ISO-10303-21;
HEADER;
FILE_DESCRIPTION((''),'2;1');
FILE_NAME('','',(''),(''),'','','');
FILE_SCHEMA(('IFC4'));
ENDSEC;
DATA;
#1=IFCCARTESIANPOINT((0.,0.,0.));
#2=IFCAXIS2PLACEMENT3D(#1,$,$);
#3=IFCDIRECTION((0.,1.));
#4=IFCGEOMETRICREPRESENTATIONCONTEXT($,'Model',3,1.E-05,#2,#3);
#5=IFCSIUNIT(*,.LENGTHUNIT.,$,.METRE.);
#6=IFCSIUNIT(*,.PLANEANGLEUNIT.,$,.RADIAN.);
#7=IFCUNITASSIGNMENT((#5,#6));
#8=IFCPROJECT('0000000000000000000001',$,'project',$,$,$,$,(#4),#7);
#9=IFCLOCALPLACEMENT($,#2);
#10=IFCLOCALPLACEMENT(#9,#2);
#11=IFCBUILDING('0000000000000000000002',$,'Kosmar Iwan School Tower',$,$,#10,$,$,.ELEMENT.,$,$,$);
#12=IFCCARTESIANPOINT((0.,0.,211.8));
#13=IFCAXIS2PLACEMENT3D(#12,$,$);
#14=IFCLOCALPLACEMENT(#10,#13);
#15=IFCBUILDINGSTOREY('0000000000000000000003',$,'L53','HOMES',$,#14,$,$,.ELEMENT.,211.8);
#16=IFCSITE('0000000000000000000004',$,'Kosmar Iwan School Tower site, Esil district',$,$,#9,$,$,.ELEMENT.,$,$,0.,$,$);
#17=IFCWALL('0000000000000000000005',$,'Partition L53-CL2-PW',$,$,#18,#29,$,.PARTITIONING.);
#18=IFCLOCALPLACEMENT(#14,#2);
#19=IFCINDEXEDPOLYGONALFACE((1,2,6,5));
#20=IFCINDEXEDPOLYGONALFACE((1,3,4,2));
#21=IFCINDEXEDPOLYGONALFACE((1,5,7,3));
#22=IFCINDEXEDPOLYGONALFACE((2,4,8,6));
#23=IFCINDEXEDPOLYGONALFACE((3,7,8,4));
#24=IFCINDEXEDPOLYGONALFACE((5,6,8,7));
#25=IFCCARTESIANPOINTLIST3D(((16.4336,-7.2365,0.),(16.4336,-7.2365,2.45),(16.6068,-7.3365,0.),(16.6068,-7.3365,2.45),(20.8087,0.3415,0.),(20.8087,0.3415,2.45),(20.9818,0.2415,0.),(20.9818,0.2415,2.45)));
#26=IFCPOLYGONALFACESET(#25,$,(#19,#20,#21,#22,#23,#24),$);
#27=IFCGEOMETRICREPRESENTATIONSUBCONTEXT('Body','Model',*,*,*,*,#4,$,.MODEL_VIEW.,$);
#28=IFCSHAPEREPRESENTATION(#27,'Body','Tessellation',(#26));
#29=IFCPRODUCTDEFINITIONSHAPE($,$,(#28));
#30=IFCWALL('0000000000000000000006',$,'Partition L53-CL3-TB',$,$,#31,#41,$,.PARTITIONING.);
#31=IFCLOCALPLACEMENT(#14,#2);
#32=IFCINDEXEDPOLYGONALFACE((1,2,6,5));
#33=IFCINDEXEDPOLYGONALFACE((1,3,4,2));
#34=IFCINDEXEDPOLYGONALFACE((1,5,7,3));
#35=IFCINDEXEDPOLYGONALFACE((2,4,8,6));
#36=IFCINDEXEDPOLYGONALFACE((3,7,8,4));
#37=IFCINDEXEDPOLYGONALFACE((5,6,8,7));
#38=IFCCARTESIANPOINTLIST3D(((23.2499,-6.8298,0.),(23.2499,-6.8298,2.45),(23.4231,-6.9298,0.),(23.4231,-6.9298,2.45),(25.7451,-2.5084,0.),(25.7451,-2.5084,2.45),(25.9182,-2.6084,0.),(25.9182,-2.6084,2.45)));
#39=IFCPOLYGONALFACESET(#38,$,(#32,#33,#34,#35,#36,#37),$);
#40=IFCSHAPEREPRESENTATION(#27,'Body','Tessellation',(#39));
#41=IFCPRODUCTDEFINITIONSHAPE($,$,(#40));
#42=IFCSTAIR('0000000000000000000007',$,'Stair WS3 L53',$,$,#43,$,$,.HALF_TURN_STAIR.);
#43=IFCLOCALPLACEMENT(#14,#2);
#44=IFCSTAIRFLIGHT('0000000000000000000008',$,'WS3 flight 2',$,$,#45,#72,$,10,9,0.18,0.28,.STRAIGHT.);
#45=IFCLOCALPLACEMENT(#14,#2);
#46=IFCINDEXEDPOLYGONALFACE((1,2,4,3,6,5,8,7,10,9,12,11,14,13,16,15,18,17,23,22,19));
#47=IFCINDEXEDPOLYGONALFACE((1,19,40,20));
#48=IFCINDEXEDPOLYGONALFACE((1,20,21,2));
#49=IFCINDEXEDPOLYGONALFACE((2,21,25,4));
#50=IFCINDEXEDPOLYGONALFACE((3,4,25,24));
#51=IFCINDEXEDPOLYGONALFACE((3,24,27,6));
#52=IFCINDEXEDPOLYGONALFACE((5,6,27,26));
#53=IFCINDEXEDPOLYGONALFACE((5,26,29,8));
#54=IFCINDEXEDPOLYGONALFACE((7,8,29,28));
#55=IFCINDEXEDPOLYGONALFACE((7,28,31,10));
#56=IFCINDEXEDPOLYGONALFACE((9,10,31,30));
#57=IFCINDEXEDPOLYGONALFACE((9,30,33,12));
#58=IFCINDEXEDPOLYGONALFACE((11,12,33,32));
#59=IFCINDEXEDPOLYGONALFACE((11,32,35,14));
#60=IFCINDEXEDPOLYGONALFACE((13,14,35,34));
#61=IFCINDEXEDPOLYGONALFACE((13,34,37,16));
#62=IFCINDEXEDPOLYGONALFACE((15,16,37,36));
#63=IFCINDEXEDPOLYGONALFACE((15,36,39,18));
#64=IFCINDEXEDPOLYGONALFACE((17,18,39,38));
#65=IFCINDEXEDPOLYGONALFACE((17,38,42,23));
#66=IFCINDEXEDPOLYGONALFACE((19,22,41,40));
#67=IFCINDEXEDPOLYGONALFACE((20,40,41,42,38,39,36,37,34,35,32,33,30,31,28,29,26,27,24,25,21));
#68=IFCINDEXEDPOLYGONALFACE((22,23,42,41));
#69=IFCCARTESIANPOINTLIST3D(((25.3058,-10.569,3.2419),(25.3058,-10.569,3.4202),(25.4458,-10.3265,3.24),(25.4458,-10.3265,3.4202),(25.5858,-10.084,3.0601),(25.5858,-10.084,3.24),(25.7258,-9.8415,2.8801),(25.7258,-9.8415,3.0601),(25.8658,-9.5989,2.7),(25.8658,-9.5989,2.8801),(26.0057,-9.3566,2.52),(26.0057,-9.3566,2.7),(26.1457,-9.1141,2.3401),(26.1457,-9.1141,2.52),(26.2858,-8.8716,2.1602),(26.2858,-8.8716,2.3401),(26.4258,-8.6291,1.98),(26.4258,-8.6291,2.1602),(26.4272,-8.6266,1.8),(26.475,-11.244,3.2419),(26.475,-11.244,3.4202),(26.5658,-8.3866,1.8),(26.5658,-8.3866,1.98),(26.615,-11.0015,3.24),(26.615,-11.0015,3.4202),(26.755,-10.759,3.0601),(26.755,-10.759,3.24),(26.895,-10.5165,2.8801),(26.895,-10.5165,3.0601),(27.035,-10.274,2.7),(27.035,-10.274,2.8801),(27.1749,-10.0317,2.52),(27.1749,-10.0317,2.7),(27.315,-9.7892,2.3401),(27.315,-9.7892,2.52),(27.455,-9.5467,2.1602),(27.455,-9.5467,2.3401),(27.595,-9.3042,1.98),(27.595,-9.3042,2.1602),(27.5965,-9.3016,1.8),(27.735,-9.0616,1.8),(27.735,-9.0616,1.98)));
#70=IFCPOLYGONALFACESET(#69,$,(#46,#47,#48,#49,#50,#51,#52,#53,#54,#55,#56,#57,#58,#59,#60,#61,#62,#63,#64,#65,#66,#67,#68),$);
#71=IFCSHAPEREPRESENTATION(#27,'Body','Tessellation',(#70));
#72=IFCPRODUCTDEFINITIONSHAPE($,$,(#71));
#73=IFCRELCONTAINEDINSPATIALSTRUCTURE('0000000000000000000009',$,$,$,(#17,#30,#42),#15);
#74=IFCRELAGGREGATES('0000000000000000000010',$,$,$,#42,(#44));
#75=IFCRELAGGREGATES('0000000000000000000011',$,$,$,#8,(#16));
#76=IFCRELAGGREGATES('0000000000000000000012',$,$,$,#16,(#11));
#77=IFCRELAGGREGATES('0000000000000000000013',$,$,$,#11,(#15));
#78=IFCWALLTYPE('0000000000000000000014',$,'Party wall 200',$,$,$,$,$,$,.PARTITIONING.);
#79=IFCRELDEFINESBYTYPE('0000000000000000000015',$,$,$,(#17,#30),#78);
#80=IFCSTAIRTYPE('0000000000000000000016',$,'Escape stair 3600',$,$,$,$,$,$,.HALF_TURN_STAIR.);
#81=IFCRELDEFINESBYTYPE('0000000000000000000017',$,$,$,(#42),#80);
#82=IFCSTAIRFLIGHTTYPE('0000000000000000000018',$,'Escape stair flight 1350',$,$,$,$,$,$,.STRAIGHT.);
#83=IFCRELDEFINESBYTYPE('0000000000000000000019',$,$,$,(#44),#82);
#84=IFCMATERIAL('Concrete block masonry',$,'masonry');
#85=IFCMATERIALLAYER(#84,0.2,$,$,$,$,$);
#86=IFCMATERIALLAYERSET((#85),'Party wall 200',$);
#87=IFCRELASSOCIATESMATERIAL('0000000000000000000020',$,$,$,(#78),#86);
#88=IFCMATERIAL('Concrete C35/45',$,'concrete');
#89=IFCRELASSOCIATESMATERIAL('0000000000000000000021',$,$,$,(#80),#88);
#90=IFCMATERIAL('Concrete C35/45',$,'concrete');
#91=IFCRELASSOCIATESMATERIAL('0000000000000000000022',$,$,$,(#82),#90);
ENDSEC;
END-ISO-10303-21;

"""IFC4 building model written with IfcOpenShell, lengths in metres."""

from ifc_helpers import new_model, si_unit, direction, frame, frame_2d, origin, place, context, subcontext, project, spatial, polyline, rectangle, outline, extrude, material, layer, layer_set, type_object, element, aggregate, save


model = new_model("IFC4")

# Units and contexts
model_context = context("Model", 3, precision=1e-05, world=origin(), true_north=direction((0.0, 1.0)))
body_context = subcontext(model_context, "Body", "Model", "MODEL_VIEW")
ifc_project = project(units=[si_unit("LENGTHUNIT", "METRE"), si_unit("PLANEANGLEUNIT", "RADIAN")], contexts=[model_context])

# Site, building, storey
site_placement = place(None, origin())
site = spatial("IfcSite", under=ifc_project, at=site_placement, Name="Kosmar Iwan School Tower site, Esil district", CompositionType="ELEMENT", RefElevation=0.0)
building_placement = place(site_placement, origin())
building = spatial("IfcBuilding", under=site, at=building_placement, Name="Kosmar Iwan School Tower", CompositionType="ELEMENT")
storey_placement = place(building_placement, frame((0.0, 0.0, 211.8)))
storey = spatial("IfcBuildingStorey", under=building, at=storey_placement, Name="L53", Description="HOMES", CompositionType="ELEMENT", Elevation=211.8)

# Walls
ifc_material_1 = material(Name="Concrete block masonry", Category="masonry")
ifc_layer_1 = layer(ifc_material_1, 0.2)
ifc_layer_set_1 = layer_set([ifc_layer_1], Name="Party wall 200")
wall_type_1 = type_object("IfcWallType", Name="Party wall 200", PredefinedType="PARTITIONING", material=ifc_layer_set_1)
wall_1_placement = place(storey_placement, frame((16.5203, -7.2864, 0.0), z_axis=(0.0, 0.0, 1.0), x_axis=(0.499992, 0.86603, 0.0)))
element("IfcWall", 1, at=wall_1_placement, inside=storey, type_object=wall_type_1, Name="Partition L53-CL2-PW", PredefinedType="PARTITIONING", context=body_context, shape_type="SweptSolid", body=[
    extrude(rectangle(XDim=8.7502, YDim=0.2, at=frame_2d((4.375, 0.0))), origin(), (0.0, 0.0, 1.0), 2.45),
])
wall_2_placement = place(storey_placement, frame((23.3364, -6.8799, 0.0), z_axis=(0.0, 0.0, 1.0), x_axis=(0.500033, 0.866006, 0.0)))
element("IfcWall", 2, at=wall_2_placement, inside=storey, type_object=wall_type_1, Name="Partition L53-CL3-TB", PredefinedType="PARTITIONING", context=body_context, shape_type="SweptSolid", body=[
    extrude(rectangle(XDim=4.99, YDim=0.2, at=frame_2d((2.4951, 0.0))), origin(), (0.0, 0.0, 1.0), 2.45),
])

# Stair, stair flight
ifc_material_2 = material(Name="Concrete C35/45", Category="concrete")
stair_type = type_object("IfcStairType", Name="Escape stair 3600", PredefinedType="HALF_TURN_STAIR", material=ifc_material_2)
stair_placement = place(storey_placement, origin())
stair = element("IfcStair", 3, at=stair_placement, inside=storey, type_object=stair_type, Name="Stair WS3 L53", PredefinedType="HALF_TURN_STAIR")
ifc_material_3 = material(Name="Concrete C35/45", Category="concrete")
stair_flight_type = type_object("IfcStairFlightType", Name="Escape stair flight 1350", PredefinedType="STRAIGHT", material=ifc_material_3)
stair_flight_placement = place(storey_placement, frame((27.1504, -8.7241, 1.8), z_axis=(0.0, 0.0, 1.0), x_axis=(-0.5, -0.866025, 0.0)))
stair_flight = element("IfcStairFlight", 4, at=stair_flight_placement, type_object=stair_flight_type, Name="WS3 flight 2", NumberOfRisers=10, NumberOfTreads=9, PredefinedType="STRAIGHT", RiserHeight=0.18, TreadLength=0.28, context=body_context, shape_type="SweptSolid", body=[
    extrude(outline(polyline([(0.0, 0.0), (0.0, 0.1799), (0.28, 0.1799), (0.28, 0.3601), (0.5601, 0.3601), (0.5601, 0.54), (0.8401, 0.54), (0.8401, 0.72), (1.1201, 0.72), (1.1201, 0.8999), (1.3999, 0.8999), (1.3999, 1.0801), (1.6799, 1.0801), (1.6799, 1.26), (1.96, 1.26), (1.96, 1.4399), (2.24, 1.4399), (2.24, 1.6201), (2.52, 1.6201), (2.52, 1.8), (2.52, 1.4419), (0.2771, 0.0), (0.0, 0.0)])), frame((0.0, 0.675, 0.0), z_axis=(0.0, -1.0, 0.0), x_axis=(1.0, 0.0, 0.0)), (0.0, 0.0, 1.0), 1.3501),
])
aggregate(stair, [stair_flight])

save(model, "model.ifc")
